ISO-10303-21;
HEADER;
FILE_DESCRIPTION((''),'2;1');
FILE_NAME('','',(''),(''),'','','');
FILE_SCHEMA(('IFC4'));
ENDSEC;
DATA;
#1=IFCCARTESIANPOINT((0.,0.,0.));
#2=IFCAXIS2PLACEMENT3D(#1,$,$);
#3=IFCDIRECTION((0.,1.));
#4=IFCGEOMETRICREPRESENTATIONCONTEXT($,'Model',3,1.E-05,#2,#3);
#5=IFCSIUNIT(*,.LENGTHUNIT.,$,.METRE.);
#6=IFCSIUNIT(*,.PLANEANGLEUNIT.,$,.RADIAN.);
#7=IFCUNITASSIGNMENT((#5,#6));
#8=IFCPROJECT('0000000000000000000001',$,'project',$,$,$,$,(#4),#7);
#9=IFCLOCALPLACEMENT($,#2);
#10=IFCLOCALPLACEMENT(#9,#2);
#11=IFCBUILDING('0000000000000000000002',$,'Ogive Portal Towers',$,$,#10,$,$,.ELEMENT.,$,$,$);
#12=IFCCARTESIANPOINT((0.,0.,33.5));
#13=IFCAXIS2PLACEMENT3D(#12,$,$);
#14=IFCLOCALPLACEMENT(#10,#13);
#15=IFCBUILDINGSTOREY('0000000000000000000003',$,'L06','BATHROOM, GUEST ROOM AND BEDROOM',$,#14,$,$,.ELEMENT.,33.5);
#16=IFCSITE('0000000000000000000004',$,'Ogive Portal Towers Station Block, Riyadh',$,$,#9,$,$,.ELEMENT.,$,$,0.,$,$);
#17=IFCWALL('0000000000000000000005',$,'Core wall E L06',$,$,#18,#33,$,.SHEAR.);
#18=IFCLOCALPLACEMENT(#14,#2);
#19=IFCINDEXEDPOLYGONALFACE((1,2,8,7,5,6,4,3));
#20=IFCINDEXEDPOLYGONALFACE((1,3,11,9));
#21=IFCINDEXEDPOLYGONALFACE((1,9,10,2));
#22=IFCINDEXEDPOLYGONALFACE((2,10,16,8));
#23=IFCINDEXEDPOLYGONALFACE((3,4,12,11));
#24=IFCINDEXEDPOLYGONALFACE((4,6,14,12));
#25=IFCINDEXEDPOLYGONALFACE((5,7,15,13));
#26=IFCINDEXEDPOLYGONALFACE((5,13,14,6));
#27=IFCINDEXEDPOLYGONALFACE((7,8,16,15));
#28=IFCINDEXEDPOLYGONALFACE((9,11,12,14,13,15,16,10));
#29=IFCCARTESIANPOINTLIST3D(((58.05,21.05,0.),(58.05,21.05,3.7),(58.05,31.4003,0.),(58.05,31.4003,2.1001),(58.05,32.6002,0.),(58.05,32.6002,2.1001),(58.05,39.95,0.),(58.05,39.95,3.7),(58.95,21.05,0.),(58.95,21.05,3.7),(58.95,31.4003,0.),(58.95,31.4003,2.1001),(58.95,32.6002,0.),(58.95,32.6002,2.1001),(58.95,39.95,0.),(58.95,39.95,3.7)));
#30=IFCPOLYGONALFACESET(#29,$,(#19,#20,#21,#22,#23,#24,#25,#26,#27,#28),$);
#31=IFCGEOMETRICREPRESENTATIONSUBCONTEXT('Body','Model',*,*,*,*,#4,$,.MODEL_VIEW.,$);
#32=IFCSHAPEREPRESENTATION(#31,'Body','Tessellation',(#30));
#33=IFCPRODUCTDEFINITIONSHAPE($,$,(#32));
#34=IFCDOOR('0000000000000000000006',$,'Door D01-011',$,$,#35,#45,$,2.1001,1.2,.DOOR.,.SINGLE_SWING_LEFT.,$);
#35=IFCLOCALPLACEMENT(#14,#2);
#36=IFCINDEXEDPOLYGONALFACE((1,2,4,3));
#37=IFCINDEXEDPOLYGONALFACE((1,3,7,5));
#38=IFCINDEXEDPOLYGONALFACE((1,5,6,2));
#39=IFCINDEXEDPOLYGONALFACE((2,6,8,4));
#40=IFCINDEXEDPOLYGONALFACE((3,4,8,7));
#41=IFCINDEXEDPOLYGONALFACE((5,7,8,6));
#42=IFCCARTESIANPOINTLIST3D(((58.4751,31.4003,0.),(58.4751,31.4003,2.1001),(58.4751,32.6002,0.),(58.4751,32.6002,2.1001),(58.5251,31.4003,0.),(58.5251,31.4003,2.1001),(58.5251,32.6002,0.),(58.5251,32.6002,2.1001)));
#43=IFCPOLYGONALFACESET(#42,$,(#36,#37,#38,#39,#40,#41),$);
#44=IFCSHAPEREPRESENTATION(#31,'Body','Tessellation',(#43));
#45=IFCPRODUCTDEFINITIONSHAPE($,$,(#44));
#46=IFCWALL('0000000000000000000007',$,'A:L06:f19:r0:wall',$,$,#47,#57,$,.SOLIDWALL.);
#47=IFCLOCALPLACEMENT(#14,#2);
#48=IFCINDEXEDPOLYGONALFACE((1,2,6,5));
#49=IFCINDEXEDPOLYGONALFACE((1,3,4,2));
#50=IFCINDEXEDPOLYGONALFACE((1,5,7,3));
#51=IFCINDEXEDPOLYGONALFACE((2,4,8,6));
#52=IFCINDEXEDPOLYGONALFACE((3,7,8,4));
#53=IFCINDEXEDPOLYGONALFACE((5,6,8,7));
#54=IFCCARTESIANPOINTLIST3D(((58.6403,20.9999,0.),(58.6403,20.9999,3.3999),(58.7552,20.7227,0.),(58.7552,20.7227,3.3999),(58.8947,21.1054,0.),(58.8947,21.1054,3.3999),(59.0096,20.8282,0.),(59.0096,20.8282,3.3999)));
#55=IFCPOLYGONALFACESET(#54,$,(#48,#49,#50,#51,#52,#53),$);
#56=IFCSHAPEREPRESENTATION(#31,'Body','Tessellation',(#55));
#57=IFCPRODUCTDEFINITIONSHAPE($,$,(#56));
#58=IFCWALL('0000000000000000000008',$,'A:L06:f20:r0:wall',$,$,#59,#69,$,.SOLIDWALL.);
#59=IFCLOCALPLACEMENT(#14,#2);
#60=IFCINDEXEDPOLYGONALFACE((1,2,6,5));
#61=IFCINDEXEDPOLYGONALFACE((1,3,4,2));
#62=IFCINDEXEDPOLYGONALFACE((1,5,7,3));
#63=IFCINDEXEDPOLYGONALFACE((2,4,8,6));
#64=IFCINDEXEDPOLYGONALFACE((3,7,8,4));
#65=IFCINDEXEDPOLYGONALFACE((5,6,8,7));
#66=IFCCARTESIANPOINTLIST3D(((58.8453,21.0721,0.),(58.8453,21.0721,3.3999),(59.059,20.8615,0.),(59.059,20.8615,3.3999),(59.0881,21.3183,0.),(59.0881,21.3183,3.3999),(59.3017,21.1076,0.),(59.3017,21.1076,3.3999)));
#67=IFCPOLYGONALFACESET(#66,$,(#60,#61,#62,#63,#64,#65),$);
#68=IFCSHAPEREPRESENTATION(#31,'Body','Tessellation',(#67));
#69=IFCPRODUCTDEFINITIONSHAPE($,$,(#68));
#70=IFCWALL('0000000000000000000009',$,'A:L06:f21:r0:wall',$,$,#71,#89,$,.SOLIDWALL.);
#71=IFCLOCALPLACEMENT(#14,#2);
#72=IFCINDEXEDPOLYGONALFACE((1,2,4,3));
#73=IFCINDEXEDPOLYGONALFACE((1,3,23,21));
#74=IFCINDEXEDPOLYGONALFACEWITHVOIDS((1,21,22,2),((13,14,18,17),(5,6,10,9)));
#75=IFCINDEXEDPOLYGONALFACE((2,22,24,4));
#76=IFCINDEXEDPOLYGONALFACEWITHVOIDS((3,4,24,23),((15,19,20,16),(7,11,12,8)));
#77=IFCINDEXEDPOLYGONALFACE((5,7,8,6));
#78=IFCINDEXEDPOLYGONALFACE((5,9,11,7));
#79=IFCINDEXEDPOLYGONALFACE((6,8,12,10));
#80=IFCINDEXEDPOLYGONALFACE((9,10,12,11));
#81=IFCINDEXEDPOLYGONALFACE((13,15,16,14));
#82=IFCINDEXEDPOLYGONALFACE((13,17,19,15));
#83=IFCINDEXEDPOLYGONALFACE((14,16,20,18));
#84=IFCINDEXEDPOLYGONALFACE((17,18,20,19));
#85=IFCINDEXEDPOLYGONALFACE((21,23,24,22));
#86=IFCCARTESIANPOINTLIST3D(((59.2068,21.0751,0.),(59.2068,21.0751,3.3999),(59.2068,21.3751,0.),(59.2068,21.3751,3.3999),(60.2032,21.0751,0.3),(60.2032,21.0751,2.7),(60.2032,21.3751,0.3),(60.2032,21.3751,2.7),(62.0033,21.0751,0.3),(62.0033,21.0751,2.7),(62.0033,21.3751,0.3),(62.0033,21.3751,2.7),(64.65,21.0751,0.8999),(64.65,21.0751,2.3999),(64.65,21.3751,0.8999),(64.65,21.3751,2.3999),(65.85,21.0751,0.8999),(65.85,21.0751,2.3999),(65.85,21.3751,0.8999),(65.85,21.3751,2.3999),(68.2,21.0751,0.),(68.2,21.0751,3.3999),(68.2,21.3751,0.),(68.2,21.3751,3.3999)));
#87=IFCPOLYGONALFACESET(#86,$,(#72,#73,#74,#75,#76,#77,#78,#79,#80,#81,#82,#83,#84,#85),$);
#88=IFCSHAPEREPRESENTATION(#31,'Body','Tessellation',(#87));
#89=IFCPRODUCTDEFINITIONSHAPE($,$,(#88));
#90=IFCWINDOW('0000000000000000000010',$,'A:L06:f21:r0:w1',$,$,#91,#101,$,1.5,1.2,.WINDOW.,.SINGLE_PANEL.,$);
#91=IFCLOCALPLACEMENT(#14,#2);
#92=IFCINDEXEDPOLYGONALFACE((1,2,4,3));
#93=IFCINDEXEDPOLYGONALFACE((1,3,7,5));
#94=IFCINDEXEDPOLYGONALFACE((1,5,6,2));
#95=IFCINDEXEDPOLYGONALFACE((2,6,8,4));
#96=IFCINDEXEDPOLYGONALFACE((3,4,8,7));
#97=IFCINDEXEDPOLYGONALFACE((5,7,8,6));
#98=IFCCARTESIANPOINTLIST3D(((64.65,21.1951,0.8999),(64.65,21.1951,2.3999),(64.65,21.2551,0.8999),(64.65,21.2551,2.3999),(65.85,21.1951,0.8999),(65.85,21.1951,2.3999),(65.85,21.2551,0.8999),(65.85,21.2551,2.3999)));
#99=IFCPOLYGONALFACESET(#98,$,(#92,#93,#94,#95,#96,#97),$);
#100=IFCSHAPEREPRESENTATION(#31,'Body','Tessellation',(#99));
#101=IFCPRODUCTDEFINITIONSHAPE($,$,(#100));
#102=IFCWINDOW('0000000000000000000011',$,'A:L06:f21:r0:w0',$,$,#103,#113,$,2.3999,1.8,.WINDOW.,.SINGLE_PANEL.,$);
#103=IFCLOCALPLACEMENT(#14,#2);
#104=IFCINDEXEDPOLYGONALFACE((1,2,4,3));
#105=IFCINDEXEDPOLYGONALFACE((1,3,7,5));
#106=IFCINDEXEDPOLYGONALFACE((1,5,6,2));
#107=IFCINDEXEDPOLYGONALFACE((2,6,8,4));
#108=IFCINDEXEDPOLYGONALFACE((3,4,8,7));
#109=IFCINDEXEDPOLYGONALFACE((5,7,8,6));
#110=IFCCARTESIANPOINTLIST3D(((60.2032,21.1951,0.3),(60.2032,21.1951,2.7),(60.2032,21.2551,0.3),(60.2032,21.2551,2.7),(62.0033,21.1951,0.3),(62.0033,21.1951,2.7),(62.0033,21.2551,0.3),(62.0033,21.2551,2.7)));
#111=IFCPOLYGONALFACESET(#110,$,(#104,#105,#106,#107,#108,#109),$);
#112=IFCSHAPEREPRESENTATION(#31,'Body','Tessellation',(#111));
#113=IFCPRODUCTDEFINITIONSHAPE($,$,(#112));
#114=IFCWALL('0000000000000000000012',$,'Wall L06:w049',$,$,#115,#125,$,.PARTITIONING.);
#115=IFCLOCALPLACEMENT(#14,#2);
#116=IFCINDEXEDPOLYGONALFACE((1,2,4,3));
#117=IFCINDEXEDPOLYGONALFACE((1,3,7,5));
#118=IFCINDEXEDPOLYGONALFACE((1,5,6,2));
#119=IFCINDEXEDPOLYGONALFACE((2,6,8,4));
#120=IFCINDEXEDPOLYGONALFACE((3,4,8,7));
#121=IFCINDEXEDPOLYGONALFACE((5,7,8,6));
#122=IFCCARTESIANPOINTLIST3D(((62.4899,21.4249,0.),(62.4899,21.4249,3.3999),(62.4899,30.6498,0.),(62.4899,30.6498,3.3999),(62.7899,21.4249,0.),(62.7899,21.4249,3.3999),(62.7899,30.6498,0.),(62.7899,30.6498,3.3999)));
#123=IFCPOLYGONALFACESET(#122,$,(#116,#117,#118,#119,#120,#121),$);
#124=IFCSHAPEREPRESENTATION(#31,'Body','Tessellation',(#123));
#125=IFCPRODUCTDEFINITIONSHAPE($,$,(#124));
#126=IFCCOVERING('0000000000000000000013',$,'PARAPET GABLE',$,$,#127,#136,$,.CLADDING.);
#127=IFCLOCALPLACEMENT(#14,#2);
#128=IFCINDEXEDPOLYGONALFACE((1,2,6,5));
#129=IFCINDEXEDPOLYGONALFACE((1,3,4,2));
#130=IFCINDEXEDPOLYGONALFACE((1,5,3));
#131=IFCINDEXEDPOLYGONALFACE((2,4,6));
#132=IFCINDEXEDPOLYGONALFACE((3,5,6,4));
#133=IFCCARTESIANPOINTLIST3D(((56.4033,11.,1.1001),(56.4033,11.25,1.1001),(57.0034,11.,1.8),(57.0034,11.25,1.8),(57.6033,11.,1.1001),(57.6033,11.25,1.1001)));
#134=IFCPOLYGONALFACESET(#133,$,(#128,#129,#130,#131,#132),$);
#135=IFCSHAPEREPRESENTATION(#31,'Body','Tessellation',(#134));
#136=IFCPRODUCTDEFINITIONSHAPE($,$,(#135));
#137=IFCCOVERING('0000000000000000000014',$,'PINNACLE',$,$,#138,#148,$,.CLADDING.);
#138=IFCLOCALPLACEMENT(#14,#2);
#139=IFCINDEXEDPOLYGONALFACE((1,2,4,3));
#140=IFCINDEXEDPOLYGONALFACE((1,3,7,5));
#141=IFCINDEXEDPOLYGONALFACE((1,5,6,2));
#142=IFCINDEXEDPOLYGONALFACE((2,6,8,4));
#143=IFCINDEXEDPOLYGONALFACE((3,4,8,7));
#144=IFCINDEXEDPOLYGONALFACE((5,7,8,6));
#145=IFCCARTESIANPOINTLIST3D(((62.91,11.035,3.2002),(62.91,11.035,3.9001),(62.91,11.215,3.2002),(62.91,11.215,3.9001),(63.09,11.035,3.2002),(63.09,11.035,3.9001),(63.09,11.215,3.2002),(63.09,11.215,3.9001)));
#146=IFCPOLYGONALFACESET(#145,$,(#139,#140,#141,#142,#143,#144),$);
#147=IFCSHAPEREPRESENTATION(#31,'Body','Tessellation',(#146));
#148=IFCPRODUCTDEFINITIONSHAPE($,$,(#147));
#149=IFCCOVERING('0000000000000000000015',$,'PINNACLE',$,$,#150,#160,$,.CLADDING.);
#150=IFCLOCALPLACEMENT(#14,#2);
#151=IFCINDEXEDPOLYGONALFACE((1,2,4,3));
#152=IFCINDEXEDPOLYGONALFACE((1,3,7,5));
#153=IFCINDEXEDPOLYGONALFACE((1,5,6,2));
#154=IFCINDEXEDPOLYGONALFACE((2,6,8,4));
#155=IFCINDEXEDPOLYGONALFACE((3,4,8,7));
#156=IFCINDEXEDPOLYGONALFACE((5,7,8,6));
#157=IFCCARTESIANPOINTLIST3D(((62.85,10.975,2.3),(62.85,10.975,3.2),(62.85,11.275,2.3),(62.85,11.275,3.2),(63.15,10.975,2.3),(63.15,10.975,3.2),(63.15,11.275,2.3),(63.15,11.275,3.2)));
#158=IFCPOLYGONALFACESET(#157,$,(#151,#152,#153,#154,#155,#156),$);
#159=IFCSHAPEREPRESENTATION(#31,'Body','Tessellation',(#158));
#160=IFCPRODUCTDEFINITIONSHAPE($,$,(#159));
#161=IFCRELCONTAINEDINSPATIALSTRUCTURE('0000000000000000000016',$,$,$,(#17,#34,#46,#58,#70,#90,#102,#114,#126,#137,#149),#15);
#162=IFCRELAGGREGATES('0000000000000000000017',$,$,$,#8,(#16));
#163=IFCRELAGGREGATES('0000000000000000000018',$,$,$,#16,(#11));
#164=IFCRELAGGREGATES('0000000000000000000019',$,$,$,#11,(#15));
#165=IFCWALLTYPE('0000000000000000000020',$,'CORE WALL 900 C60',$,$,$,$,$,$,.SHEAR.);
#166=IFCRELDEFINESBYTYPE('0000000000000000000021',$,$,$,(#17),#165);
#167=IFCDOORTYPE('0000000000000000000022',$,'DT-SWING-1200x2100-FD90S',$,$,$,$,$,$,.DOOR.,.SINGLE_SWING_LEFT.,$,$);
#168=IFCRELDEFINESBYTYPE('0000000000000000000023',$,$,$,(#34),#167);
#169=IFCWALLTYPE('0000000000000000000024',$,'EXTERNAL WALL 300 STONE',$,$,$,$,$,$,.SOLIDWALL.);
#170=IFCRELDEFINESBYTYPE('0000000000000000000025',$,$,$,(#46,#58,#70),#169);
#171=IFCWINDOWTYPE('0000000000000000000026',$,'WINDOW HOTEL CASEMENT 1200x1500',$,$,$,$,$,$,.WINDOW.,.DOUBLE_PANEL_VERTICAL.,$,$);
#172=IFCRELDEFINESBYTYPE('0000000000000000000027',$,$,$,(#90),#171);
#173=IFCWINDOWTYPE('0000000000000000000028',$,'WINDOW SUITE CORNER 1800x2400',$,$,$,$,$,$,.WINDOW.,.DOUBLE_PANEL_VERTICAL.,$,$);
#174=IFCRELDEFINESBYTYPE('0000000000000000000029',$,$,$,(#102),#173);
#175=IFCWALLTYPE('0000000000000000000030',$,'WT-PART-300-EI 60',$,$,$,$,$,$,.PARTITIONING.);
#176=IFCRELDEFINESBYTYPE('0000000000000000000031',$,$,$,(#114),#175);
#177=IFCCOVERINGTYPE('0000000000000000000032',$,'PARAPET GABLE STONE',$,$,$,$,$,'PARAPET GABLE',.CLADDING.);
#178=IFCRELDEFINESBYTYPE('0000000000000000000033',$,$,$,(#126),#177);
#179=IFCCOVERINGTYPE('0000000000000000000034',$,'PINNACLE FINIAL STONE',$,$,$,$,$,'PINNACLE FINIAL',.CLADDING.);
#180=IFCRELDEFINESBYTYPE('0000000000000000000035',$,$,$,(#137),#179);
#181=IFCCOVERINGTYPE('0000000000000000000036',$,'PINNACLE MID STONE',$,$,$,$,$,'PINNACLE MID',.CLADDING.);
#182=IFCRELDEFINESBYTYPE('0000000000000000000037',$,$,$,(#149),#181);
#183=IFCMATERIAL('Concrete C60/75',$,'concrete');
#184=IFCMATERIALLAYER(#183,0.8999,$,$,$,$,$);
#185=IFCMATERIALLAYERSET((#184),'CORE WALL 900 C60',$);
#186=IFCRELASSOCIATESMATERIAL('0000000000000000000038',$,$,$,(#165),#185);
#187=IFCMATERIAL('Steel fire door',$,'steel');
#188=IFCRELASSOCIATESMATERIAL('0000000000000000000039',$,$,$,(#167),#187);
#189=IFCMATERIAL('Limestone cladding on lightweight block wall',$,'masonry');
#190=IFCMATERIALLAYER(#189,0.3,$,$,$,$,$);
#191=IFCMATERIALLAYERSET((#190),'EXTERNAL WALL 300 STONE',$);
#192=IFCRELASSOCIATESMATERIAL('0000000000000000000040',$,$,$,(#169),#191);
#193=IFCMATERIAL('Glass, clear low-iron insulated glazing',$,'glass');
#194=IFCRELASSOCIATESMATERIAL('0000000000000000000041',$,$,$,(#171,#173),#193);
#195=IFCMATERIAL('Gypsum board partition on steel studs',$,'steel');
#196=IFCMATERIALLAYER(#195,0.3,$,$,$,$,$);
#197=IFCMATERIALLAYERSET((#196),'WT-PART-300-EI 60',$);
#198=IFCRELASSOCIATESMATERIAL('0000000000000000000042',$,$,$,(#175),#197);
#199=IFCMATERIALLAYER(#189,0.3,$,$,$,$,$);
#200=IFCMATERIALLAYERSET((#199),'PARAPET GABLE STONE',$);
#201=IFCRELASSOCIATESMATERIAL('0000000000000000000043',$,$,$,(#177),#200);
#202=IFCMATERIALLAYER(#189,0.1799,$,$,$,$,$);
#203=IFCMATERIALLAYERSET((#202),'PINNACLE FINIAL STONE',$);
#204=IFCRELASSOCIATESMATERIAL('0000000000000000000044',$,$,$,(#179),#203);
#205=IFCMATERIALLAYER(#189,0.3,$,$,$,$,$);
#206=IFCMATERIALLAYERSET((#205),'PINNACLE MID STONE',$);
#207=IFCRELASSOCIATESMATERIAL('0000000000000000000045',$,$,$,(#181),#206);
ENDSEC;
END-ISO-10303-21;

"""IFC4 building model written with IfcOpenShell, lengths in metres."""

from ifc_helpers import new_model, si_unit, direction, frame, frame_2d, origin, origin_2d, place, context, subcontext, project, spatial, polyline, rectangle, outline, extrude, material, layer, layer_set, type_object, element, fill, save


model = new_model("IFC4")

# Units and contexts
model_context = context("Model", 3, precision=1e-05, world=origin(), true_north=direction((0.0, 1.0)))
body_context = subcontext(model_context, "Body", "Model", "MODEL_VIEW")
ifc_project = project(units=[si_unit("LENGTHUNIT", "METRE"), si_unit("PLANEANGLEUNIT", "RADIAN")], contexts=[model_context])

# Site, building, storey
site_placement = place(None, origin())
site = spatial("IfcSite", under=ifc_project, at=site_placement, Name="Ogive Portal Towers Station Block, Riyadh", CompositionType="ELEMENT", RefElevation=0.0)
building_placement = place(site_placement, origin())
building = spatial("IfcBuilding", under=site, at=building_placement, Name="Ogive Portal Towers", CompositionType="ELEMENT")
storey_placement = place(building_placement, frame((0.0, 0.0, 33.5)))
storey = spatial("IfcBuildingStorey", under=building, at=storey_placement, Name="L06", Description="BATHROOM, GUEST ROOM AND BEDROOM", CompositionType="ELEMENT", Elevation=33.5)

# Wall, opening, door
ifc_material_1 = material(Name="Concrete C60/75", Category="concrete")
ifc_layer_1 = layer(ifc_material_1, 0.8999)
ifc_layer_set_1 = layer_set([ifc_layer_1], Name="CORE WALL 900 C60")
wall_type_1 = type_object("IfcWallType", Name="CORE WALL 900 C60", PredefinedType="SHEAR", material=ifc_layer_set_1)
wall_1_placement = place(storey_placement, frame((58.5, 21.05, 0.0), z_axis=(0.0, 0.0, 1.0), x_axis=(0.0, 1.0, 0.0)))
wall_1 = element("IfcWall", 1, at=wall_1_placement, inside=storey, type_object=wall_type_1, Name="Core wall E L06", PredefinedType="SHEAR", context=body_context, shape_type="SweptSolid", body=[
    extrude(rectangle(XDim=18.8999, YDim=0.8999, at=frame_2d((9.45, 0.0))), origin(), (0.0, 0.0, 1.0), 3.7),
])
opening_1_placement = place(wall_1_placement, frame((10.3501, 0.0, 0.0)))
opening_1 = element("IfcOpeningElement", 2, at=opening_1_placement, cuts=wall_1, PredefinedType="OPENING", context=body_context, shape_type="SweptSolid", body=[
    extrude(rectangle(XDim=1.2, YDim=2.1001, at=frame_2d((0.6001, 1.05))), frame((0.0, 0.46, 0.0), z_axis=(0.0, -1.0, 0.0), x_axis=(1.0, 0.0, 0.0)), (0.0, 0.0, 1.0), 0.9199),
])
ifc_material_2 = material(Name="Steel fire door", Category="steel")
door_type = type_object("IfcDoorType", Name="DT-SWING-1200x2100-FD90S", OperationType="SINGLE_SWING_LEFT", PredefinedType="DOOR", material=ifc_material_2)
door_placement = place(opening_1_placement, origin())
door = element("IfcDoor", 3, at=door_placement, inside=storey, type_object=door_type, Name="Door D01-011", OperationType="SINGLE_SWING_LEFT", OverallHeight=2.1001, OverallWidth=1.2, PredefinedType="DOOR", context=body_context, shape_type="SweptSolid", body=[
    extrude(rectangle(XDim=1.2, YDim=2.1001, at=frame_2d((0.6001, 1.05))), frame((0.0, 0.0249, 0.0), z_axis=(0.0, -1.0, 0.0), x_axis=(1.0, 0.0, 0.0)), (0.0, 0.0, 1.0), 0.05),
])
fill(opening_1, door)

# Walls
ifc_material_3 = material(Name="Limestone cladding on lightweight block wall", Category="masonry")
ifc_layer_2 = layer(ifc_material_3, 0.3)
ifc_layer_set_2 = layer_set([ifc_layer_2], Name="EXTERNAL WALL 300 STONE")
wall_type_2 = type_object("IfcWallType", Name="EXTERNAL WALL 300 STONE", PredefinedType="SOLIDWALL", material=ifc_layer_set_2)
wall_2_placement = place(storey_placement, frame((58.6978, 20.8613, 0.0), z_axis=(0.0, 0.0, 1.0), x_axis=(0.923757, 0.382978, 0.0)))
element("IfcWall", 4, at=wall_2_placement, inside=storey, type_object=wall_type_2, Name="A:L06:f19:r0:wall", PredefinedType="SOLIDWALL", context=body_context, shape_type="SweptSolid", body=[
    extrude(rectangle(XDim=0.2754, YDim=0.3, at=frame_2d((0.1377, 0.0))), origin(), (0.0, 0.0, 1.0), 3.3999),
])
wall_3_placement = place(storey_placement, frame((58.9521, 20.9668, 0.0), z_axis=(0.0, 0.0, 1.0), x_axis=(0.702145, 0.712034, 0.0)))
element("IfcWall", 5, at=wall_3_placement, inside=storey, type_object=wall_type_2, Name="A:L06:f20:r0:wall", PredefinedType="SOLIDWALL", context=body_context, shape_type="SweptSolid", body=[
    extrude(rectangle(XDim=0.3457, YDim=0.3, at=frame_2d((0.1729, 0.0))), origin(), (0.0, 0.0, 1.0), 3.3999),
])

# Wall, openings, windows
wall_4_placement = place(storey_placement, frame((59.2068, 21.2251, 0.0), z_axis=(0.0, 0.0, 1.0), x_axis=(1.0, 0.0, 0.0)))
wall_4 = element("IfcWall", 6, at=wall_4_placement, inside=storey, type_object=wall_type_2, Name="A:L06:f21:r0:wall", PredefinedType="SOLIDWALL", context=body_context, shape_type="SweptSolid", body=[
    extrude(rectangle(XDim=8.9932, YDim=0.3, at=frame_2d((4.4966, 0.0))), origin(), (0.0, 0.0, 1.0), 3.3999),
])
opening_2_placement = place(wall_4_placement, frame((0.9966, 0.0, 0.3)))
opening_2 = element("IfcOpeningElement", 7, at=opening_2_placement, cuts=wall_4, PredefinedType="OPENING", context=body_context, shape_type="SweptSolid", body=[
    extrude(rectangle(XDim=1.8, YDim=2.3999, at=frame_2d((0.8999, 1.2))), frame((0.0, 0.1602, 0.0), z_axis=(0.0, -1.0, 0.0), x_axis=(1.0, 0.0, 0.0)), (0.0, 0.0, 1.0), 0.3201),
])
opening_3_placement = place(wall_4_placement, frame((5.4431, 0.0, 0.8999)))
opening_3 = element("IfcOpeningElement", 8, at=opening_3_placement, cuts=wall_4, PredefinedType="OPENING", context=body_context, shape_type="SweptSolid", body=[
    extrude(rectangle(XDim=1.2, YDim=1.5, at=frame_2d((0.6001, 0.75))), frame((0.0, 0.1602, 0.0), z_axis=(0.0, -1.0, 0.0), x_axis=(1.0, 0.0, 0.0)), (0.0, 0.0, 1.0), 0.3201),
])
ifc_material_4 = material(Name="Glass, clear low-iron insulated glazing", Category="glass")
window_type_1 = type_object("IfcWindowType", Name="WINDOW HOTEL CASEMENT 1200x1500", PartitioningType="DOUBLE_PANEL_VERTICAL", PredefinedType="WINDOW", material=ifc_material_4)
window_1_placement = place(opening_3_placement, origin())
window_1 = element("IfcWindow", 9, at=window_1_placement, inside=storey, type_object=window_type_1, Name="A:L06:f21:r0:w1", OverallHeight=1.5, OverallWidth=1.2, PartitioningType="SINGLE_PANEL", PredefinedType="WINDOW", context=body_context, shape_type="SweptSolid", body=[
    extrude(rectangle(XDim=1.2, YDim=1.5, at=frame_2d((0.6001, 0.75))), frame((0.0, 0.03, 0.0), z_axis=(0.0, -1.0, 0.0), x_axis=(1.0, 0.0, 0.0)), (0.0, 0.0, 1.0), 0.0601),
])
fill(opening_3, window_1)
window_type_2 = type_object("IfcWindowType", Name="WINDOW SUITE CORNER 1800x2400", PartitioningType="DOUBLE_PANEL_VERTICAL", PredefinedType="WINDOW", material=ifc_material_4)
window_2_placement = place(opening_2_placement, origin())
window_2 = element("IfcWindow", 10, at=window_2_placement, inside=storey, type_object=window_type_2, Name="A:L06:f21:r0:w0", OverallHeight=2.3999, OverallWidth=1.8, PartitioningType="SINGLE_PANEL", PredefinedType="WINDOW", context=body_context, shape_type="SweptSolid", body=[
    extrude(rectangle(XDim=1.8, YDim=2.3999, at=frame_2d((0.8999, 1.2))), frame((0.0, 0.03, 0.0), z_axis=(0.0, -1.0, 0.0), x_axis=(1.0, 0.0, 0.0)), (0.0, 0.0, 1.0), 0.0601),
])
fill(opening_2, window_2)

# Wall
ifc_material_5 = material(Name="Gypsum board partition on steel studs", Category="steel")
ifc_layer_3 = layer(ifc_material_5, 0.3)
ifc_layer_set_3 = layer_set([ifc_layer_3], Name="WT-PART-300-EI 60")
wall_type_3 = type_object("IfcWallType", Name="WT-PART-300-EI 60", PredefinedType="PARTITIONING", material=ifc_layer_set_3)
wall_5_placement = place(storey_placement, frame((62.6399, 21.425, 0.0), z_axis=(0.0, 0.0, 1.0), x_axis=(0.0, 1.0, 0.0)))
element("IfcWall", 11, at=wall_5_placement, inside=storey, type_object=wall_type_3, Name="Wall L06:w049", PredefinedType="PARTITIONING", context=body_context, shape_type="SweptSolid", body=[
    extrude(rectangle(XDim=9.2249, YDim=0.3, at=frame_2d((4.6123, 0.0))), origin(), (0.0, 0.0, 1.0), 3.3999),
])

# Coverings
ifc_layer_4 = layer(ifc_material_3, 0.3)
ifc_layer_set_4 = layer_set([ifc_layer_4], Name="PARAPET GABLE STONE")
covering_type_1 = type_object("IfcCoveringType", Name="PARAPET GABLE STONE", ElementType="PARAPET GABLE", PredefinedType="CLADDING", material=ifc_layer_set_4)
covering_1_placement = place(storey_placement, frame((56.4033, 11.0, 1.1001), z_axis=(0.0, -1.0, 0.0), x_axis=(1.0, 0.0, 0.0)))
element("IfcCovering", 12, at=covering_1_placement, inside=storey, type_object=covering_type_1, Name="PARAPET GABLE", PredefinedType="CLADDING", context=body_context, shape_type="SweptSolid", body=[
    extrude(outline(polyline([(0.0, 0.0), (1.2, 0.0), (0.6001, 0.7), (0.0, 0.0)])), origin(), (0.0, 0.0, -1.0), 0.25),
])
ifc_layer_5 = layer(ifc_material_3, 0.1799)
ifc_layer_set_5 = layer_set([ifc_layer_5], Name="PINNACLE FINIAL STONE")
covering_type_2 = type_object("IfcCoveringType", Name="PINNACLE FINIAL STONE", ElementType="PINNACLE FINIAL", PredefinedType="CLADDING", material=ifc_layer_set_5)
covering_2_placement = place(storey_placement, frame((63.0, 11.125, 3.2002), z_axis=(0.0, 0.0, 1.0), x_axis=(1.0, 0.0, 0.0)))
element("IfcCovering", 13, at=covering_2_placement, inside=storey, type_object=covering_type_2, Name="PINNACLE", PredefinedType="CLADDING", context=body_context, shape_type="SweptSolid", body=[
    extrude(rectangle(XDim=0.1799, YDim=0.1799, at=origin_2d()), origin(), (0.0, 0.0, 1.0), 0.7),
])
ifc_layer_6 = layer(ifc_material_3, 0.3)
ifc_layer_set_6 = layer_set([ifc_layer_6], Name="PINNACLE MID STONE")
covering_type_3 = type_object("IfcCoveringType", Name="PINNACLE MID STONE", ElementType="PINNACLE MID", PredefinedType="CLADDING", material=ifc_layer_set_6)
covering_3_placement = place(storey_placement, frame((63.0, 11.125, 2.3), z_axis=(0.0, 0.0, 1.0), x_axis=(1.0, 0.0, 0.0)))
element("IfcCovering", 14, at=covering_3_placement, inside=storey, type_object=covering_type_3, Name="PINNACLE", PredefinedType="CLADDING", context=body_context, shape_type="SweptSolid", body=[
    extrude(rectangle(XDim=0.3, YDim=0.3, at=origin_2d()), origin(), (0.0, 0.0, 1.0), 0.8999),
])

save(model, "model.ifc")
